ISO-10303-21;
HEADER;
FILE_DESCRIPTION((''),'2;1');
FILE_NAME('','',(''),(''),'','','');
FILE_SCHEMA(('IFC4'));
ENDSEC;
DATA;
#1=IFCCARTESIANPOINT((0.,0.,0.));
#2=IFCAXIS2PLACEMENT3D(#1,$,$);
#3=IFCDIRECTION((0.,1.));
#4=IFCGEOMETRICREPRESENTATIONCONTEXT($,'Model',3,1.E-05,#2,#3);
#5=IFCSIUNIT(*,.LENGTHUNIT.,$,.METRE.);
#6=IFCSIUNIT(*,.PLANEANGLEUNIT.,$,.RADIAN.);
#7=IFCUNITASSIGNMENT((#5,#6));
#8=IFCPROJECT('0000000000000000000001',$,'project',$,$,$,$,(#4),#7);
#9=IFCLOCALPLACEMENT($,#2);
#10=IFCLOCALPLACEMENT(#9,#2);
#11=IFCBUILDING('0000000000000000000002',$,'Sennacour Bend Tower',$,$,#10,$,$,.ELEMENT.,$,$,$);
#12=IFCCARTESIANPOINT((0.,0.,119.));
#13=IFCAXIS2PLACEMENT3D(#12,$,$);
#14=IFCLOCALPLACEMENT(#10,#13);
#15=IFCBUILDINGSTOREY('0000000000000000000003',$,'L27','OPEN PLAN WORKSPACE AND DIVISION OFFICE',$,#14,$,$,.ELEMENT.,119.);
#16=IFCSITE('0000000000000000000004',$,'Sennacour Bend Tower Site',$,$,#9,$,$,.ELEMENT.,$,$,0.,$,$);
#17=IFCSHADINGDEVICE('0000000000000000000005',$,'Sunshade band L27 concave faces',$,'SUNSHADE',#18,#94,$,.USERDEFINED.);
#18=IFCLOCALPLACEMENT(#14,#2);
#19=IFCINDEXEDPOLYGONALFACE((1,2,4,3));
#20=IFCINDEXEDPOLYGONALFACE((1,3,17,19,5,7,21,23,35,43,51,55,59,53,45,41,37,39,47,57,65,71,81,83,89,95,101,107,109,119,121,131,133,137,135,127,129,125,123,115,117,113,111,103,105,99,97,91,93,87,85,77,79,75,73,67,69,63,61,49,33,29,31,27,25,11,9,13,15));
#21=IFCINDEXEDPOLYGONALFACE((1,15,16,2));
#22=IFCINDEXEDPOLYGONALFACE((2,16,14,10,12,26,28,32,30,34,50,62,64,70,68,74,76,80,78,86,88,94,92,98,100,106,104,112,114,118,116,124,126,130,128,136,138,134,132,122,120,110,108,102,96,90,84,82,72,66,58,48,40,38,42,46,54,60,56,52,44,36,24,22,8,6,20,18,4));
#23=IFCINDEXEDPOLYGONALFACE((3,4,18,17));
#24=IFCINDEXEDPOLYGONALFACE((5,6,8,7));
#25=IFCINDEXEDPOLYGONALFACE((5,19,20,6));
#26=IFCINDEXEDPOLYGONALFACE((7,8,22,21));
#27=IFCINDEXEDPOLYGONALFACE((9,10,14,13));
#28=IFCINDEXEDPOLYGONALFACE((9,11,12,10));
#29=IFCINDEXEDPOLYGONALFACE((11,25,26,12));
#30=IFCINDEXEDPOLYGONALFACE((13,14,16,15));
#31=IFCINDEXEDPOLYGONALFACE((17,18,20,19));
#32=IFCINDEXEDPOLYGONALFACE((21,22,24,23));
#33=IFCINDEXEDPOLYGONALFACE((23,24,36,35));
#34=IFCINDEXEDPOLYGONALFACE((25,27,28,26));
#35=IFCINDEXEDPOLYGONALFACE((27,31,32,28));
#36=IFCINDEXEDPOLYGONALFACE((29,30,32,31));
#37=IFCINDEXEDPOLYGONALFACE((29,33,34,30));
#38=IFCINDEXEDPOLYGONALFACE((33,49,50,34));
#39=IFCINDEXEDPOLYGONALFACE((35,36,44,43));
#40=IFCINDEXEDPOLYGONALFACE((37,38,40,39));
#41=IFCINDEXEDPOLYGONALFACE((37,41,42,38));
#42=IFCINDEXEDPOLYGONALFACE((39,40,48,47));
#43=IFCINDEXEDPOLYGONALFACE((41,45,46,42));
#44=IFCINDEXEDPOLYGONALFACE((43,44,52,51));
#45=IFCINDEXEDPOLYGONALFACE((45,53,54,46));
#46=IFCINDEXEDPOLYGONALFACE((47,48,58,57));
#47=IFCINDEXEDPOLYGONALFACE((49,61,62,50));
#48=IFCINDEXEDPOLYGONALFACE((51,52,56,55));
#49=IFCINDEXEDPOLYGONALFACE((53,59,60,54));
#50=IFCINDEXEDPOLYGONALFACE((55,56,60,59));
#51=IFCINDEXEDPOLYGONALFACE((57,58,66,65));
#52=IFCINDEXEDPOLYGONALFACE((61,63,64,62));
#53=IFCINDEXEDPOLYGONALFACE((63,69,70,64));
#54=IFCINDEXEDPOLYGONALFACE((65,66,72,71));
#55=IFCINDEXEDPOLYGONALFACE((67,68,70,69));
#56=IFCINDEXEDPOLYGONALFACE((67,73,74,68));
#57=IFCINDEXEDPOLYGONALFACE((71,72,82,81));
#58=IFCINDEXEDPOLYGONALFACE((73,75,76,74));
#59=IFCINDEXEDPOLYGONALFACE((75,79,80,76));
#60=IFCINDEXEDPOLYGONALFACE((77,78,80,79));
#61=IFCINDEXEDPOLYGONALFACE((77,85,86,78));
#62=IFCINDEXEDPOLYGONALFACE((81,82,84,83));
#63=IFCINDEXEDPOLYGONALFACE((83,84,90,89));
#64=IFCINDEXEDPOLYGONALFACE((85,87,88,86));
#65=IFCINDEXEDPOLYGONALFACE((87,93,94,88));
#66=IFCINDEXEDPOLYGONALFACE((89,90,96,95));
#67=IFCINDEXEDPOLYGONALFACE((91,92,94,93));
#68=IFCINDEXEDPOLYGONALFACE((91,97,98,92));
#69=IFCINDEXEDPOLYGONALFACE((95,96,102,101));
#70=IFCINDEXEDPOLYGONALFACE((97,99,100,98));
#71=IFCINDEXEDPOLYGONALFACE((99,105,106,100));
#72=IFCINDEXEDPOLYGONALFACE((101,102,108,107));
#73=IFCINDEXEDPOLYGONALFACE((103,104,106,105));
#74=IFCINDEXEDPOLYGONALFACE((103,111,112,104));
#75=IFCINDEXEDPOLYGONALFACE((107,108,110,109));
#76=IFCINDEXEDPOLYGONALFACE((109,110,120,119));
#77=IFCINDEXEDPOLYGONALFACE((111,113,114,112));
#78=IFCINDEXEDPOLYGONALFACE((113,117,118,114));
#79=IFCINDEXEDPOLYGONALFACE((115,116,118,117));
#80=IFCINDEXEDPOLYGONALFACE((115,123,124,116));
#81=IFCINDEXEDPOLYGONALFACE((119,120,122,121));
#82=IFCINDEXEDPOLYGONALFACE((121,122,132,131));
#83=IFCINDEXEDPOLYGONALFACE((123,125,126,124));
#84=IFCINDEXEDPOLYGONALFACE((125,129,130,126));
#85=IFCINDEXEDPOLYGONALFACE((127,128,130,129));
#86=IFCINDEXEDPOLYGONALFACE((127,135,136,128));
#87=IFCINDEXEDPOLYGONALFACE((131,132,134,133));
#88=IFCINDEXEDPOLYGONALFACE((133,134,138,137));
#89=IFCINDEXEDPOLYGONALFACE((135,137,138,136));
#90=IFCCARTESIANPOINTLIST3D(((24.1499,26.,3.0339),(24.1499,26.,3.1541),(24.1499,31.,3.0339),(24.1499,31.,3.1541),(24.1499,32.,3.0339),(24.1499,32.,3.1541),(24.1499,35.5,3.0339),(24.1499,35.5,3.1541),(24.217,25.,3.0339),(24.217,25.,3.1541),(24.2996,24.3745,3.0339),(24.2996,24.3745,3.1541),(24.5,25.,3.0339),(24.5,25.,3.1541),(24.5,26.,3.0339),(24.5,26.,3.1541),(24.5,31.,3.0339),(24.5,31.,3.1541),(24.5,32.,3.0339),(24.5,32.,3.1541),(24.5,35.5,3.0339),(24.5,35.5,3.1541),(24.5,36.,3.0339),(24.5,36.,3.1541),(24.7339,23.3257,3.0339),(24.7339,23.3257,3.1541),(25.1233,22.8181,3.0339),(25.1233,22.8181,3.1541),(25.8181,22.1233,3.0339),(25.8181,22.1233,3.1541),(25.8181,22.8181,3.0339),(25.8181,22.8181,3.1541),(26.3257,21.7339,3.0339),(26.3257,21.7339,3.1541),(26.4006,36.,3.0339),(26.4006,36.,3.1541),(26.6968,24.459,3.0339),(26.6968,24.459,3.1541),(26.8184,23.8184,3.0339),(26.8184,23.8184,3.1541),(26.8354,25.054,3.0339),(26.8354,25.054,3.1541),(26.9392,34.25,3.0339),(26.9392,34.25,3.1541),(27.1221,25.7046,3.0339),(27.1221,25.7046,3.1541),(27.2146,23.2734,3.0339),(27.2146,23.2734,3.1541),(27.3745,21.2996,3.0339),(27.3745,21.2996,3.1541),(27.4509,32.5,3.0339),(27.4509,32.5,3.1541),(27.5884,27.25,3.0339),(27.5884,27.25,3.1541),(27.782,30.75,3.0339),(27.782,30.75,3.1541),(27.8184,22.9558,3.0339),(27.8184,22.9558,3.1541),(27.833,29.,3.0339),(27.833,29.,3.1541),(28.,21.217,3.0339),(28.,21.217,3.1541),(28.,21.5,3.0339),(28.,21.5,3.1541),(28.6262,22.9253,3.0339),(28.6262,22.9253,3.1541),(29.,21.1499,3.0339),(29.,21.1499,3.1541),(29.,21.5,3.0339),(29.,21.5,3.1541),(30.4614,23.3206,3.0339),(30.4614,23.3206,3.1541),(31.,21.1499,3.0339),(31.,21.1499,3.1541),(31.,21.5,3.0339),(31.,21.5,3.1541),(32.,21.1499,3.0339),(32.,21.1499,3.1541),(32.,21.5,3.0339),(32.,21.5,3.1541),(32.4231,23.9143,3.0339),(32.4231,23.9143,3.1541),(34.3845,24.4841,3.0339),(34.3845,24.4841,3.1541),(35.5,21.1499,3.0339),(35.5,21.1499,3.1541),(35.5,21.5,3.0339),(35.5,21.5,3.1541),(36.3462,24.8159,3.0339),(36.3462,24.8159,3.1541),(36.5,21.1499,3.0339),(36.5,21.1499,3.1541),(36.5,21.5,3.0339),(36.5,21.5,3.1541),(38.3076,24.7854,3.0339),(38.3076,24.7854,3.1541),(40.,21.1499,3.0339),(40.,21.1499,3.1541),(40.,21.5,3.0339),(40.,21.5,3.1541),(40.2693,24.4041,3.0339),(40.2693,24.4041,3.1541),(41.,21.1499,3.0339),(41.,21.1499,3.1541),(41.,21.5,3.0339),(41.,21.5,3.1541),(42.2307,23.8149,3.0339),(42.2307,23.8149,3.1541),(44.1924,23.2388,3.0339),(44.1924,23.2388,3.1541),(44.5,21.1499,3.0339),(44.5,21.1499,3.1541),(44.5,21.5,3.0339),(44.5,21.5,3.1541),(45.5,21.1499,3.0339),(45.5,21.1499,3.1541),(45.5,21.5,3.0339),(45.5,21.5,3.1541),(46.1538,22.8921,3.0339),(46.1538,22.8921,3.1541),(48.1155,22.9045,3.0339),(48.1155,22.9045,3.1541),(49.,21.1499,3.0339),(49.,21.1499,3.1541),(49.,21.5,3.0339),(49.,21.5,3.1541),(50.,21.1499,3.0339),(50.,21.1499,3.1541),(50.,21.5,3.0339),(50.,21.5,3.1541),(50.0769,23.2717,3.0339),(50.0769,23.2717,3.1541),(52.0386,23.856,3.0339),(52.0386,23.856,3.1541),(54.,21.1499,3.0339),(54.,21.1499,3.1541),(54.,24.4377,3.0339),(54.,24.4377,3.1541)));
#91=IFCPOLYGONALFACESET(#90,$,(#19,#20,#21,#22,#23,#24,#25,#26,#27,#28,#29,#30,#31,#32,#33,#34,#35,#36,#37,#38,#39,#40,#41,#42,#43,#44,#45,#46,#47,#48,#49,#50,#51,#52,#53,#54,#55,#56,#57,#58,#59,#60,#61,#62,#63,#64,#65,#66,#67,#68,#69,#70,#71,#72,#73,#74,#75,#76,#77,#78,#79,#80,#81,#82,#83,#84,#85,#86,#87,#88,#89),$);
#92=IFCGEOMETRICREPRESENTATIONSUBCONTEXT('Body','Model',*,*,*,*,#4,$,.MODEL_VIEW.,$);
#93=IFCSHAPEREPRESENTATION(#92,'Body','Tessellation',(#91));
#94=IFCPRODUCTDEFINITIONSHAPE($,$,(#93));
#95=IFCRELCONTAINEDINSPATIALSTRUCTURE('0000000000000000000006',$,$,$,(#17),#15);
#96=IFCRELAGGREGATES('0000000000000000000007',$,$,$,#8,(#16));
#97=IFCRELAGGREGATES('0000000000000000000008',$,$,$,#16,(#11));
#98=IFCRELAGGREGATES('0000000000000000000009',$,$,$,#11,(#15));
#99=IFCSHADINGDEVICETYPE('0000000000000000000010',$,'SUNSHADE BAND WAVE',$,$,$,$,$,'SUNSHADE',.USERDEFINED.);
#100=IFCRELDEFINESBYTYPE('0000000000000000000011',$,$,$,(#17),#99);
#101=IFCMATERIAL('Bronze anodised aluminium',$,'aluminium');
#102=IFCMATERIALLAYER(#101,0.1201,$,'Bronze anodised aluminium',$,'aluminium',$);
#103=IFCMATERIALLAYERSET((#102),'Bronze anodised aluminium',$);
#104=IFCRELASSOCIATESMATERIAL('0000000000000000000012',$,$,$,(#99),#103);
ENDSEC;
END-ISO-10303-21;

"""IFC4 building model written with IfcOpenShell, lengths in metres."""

from ifc_helpers import new_model, si_unit, direction, frame, origin, place, context, subcontext, project, spatial, polyline, outline, extrude, material, layer, layer_set, type_object, element, save


model = new_model("IFC4")

# Units and contexts
model_context = context("Model", 3, precision=1e-05, world=origin(), true_north=direction((0.0, 1.0)))
body_context = subcontext(model_context, "Body", "Model", "MODEL_VIEW")
ifc_project = project(units=[si_unit("LENGTHUNIT", "METRE"), si_unit("PLANEANGLEUNIT", "RADIAN")], contexts=[model_context])

# Site, building, storey
site_placement = place(None, origin())
site = spatial("IfcSite", under=ifc_project, at=site_placement, Name="Sennacour Bend Tower Site", CompositionType="ELEMENT", RefElevation=0.0)
building_placement = place(site_placement, origin())
building = spatial("IfcBuilding", under=site, at=building_placement, Name="Sennacour Bend Tower", CompositionType="ELEMENT")
storey_placement = place(building_placement, frame((0.0, 0.0, 119.0)))
storey = spatial("IfcBuildingStorey", under=building, at=storey_placement, Name="L27", Description="OPEN PLAN WORKSPACE AND DIVISION OFFICE", CompositionType="ELEMENT", Elevation=119.0)

# Shading device
ifc_material_1 = material(Name="Bronze anodised aluminium", Category="aluminium")
ifc_layer_1 = layer(ifc_material_1, 0.1201, Name="Bronze anodised aluminium", Category="aluminium")
ifc_layer_set_1 = layer_set([ifc_layer_1], Name="Bronze anodised aluminium")
shading_device_type_1 = type_object("IfcShadingDeviceType", Name="SUNSHADE BAND WAVE", ElementType="SUNSHADE", PredefinedType="USERDEFINED", material=ifc_layer_set_1)
shading_device_1_placement = place(storey_placement, frame((0.0, 0.0, 3.0339)))
element("IfcShadingDevice", 1, at=shading_device_1_placement, inside=storey, type_object=shading_device_type_1, Name="Sunshade band L27 concave faces", ObjectType="SUNSHADE", PredefinedType="USERDEFINED", context=body_context, shape_type="SweptSolid", body=[
    extrude(outline(polyline([(54.0, 21.1499), (50.0, 21.1499), (50.0, 21.5), (49.0, 21.5), (49.0, 21.1499), (45.5, 21.1499), (45.5, 21.5), (44.5, 21.5), (44.5, 21.1499), (41.0, 21.1499), (41.0, 21.5), (40.0, 21.5), (40.0, 21.1499), (36.5, 21.1499), (36.5, 21.5), (35.5, 21.5), (35.5, 21.1499), (32.0, 21.1499), (32.0, 21.5), (31.0, 21.5), (31.0, 21.1499), (29.0, 21.1499), (29.0, 21.5), (28.0, 21.5), (28.0, 21.217), (27.3745, 21.2996), (26.3257, 21.7339), (25.8181, 22.1233), (25.8181, 22.8181), (25.1233, 22.8181), (24.7339, 23.3257), (24.2996, 24.3745), (24.217, 25.0), (24.5, 25.0), (24.5, 26.0), (24.1499, 26.0), (24.1499, 31.0), (24.5, 31.0), (24.5, 32.0), (24.1499, 32.0), (24.1499, 35.5), (24.5, 35.5), (24.5, 36.0), (26.4006, 36.0), (26.9392, 34.25), (27.4509, 32.5), (27.782, 30.75), (27.833, 29.0), (27.5884, 27.25), (27.1221, 25.7046), (26.8354, 25.054), (26.6968, 24.459), (26.8184, 23.8184), (27.2146, 23.2734), (27.8184, 22.9558), (28.6262, 22.9253), (30.4614, 23.3206), (32.4231, 23.9143), (34.3845, 24.4841), (36.3462, 24.8159), (38.3076, 24.7854), (40.2693, 24.4041), (42.2307, 23.8149), (44.1924, 23.2388), (46.1538, 22.8921), (48.1155, 22.9045), (50.0769, 23.2717), (52.0386, 23.856), (54.0, 24.4377), (54.0, 21.1499)])), origin(), (0.0, 0.0, 1.0), 0.1201),
])

save(model, "model.ifc")
